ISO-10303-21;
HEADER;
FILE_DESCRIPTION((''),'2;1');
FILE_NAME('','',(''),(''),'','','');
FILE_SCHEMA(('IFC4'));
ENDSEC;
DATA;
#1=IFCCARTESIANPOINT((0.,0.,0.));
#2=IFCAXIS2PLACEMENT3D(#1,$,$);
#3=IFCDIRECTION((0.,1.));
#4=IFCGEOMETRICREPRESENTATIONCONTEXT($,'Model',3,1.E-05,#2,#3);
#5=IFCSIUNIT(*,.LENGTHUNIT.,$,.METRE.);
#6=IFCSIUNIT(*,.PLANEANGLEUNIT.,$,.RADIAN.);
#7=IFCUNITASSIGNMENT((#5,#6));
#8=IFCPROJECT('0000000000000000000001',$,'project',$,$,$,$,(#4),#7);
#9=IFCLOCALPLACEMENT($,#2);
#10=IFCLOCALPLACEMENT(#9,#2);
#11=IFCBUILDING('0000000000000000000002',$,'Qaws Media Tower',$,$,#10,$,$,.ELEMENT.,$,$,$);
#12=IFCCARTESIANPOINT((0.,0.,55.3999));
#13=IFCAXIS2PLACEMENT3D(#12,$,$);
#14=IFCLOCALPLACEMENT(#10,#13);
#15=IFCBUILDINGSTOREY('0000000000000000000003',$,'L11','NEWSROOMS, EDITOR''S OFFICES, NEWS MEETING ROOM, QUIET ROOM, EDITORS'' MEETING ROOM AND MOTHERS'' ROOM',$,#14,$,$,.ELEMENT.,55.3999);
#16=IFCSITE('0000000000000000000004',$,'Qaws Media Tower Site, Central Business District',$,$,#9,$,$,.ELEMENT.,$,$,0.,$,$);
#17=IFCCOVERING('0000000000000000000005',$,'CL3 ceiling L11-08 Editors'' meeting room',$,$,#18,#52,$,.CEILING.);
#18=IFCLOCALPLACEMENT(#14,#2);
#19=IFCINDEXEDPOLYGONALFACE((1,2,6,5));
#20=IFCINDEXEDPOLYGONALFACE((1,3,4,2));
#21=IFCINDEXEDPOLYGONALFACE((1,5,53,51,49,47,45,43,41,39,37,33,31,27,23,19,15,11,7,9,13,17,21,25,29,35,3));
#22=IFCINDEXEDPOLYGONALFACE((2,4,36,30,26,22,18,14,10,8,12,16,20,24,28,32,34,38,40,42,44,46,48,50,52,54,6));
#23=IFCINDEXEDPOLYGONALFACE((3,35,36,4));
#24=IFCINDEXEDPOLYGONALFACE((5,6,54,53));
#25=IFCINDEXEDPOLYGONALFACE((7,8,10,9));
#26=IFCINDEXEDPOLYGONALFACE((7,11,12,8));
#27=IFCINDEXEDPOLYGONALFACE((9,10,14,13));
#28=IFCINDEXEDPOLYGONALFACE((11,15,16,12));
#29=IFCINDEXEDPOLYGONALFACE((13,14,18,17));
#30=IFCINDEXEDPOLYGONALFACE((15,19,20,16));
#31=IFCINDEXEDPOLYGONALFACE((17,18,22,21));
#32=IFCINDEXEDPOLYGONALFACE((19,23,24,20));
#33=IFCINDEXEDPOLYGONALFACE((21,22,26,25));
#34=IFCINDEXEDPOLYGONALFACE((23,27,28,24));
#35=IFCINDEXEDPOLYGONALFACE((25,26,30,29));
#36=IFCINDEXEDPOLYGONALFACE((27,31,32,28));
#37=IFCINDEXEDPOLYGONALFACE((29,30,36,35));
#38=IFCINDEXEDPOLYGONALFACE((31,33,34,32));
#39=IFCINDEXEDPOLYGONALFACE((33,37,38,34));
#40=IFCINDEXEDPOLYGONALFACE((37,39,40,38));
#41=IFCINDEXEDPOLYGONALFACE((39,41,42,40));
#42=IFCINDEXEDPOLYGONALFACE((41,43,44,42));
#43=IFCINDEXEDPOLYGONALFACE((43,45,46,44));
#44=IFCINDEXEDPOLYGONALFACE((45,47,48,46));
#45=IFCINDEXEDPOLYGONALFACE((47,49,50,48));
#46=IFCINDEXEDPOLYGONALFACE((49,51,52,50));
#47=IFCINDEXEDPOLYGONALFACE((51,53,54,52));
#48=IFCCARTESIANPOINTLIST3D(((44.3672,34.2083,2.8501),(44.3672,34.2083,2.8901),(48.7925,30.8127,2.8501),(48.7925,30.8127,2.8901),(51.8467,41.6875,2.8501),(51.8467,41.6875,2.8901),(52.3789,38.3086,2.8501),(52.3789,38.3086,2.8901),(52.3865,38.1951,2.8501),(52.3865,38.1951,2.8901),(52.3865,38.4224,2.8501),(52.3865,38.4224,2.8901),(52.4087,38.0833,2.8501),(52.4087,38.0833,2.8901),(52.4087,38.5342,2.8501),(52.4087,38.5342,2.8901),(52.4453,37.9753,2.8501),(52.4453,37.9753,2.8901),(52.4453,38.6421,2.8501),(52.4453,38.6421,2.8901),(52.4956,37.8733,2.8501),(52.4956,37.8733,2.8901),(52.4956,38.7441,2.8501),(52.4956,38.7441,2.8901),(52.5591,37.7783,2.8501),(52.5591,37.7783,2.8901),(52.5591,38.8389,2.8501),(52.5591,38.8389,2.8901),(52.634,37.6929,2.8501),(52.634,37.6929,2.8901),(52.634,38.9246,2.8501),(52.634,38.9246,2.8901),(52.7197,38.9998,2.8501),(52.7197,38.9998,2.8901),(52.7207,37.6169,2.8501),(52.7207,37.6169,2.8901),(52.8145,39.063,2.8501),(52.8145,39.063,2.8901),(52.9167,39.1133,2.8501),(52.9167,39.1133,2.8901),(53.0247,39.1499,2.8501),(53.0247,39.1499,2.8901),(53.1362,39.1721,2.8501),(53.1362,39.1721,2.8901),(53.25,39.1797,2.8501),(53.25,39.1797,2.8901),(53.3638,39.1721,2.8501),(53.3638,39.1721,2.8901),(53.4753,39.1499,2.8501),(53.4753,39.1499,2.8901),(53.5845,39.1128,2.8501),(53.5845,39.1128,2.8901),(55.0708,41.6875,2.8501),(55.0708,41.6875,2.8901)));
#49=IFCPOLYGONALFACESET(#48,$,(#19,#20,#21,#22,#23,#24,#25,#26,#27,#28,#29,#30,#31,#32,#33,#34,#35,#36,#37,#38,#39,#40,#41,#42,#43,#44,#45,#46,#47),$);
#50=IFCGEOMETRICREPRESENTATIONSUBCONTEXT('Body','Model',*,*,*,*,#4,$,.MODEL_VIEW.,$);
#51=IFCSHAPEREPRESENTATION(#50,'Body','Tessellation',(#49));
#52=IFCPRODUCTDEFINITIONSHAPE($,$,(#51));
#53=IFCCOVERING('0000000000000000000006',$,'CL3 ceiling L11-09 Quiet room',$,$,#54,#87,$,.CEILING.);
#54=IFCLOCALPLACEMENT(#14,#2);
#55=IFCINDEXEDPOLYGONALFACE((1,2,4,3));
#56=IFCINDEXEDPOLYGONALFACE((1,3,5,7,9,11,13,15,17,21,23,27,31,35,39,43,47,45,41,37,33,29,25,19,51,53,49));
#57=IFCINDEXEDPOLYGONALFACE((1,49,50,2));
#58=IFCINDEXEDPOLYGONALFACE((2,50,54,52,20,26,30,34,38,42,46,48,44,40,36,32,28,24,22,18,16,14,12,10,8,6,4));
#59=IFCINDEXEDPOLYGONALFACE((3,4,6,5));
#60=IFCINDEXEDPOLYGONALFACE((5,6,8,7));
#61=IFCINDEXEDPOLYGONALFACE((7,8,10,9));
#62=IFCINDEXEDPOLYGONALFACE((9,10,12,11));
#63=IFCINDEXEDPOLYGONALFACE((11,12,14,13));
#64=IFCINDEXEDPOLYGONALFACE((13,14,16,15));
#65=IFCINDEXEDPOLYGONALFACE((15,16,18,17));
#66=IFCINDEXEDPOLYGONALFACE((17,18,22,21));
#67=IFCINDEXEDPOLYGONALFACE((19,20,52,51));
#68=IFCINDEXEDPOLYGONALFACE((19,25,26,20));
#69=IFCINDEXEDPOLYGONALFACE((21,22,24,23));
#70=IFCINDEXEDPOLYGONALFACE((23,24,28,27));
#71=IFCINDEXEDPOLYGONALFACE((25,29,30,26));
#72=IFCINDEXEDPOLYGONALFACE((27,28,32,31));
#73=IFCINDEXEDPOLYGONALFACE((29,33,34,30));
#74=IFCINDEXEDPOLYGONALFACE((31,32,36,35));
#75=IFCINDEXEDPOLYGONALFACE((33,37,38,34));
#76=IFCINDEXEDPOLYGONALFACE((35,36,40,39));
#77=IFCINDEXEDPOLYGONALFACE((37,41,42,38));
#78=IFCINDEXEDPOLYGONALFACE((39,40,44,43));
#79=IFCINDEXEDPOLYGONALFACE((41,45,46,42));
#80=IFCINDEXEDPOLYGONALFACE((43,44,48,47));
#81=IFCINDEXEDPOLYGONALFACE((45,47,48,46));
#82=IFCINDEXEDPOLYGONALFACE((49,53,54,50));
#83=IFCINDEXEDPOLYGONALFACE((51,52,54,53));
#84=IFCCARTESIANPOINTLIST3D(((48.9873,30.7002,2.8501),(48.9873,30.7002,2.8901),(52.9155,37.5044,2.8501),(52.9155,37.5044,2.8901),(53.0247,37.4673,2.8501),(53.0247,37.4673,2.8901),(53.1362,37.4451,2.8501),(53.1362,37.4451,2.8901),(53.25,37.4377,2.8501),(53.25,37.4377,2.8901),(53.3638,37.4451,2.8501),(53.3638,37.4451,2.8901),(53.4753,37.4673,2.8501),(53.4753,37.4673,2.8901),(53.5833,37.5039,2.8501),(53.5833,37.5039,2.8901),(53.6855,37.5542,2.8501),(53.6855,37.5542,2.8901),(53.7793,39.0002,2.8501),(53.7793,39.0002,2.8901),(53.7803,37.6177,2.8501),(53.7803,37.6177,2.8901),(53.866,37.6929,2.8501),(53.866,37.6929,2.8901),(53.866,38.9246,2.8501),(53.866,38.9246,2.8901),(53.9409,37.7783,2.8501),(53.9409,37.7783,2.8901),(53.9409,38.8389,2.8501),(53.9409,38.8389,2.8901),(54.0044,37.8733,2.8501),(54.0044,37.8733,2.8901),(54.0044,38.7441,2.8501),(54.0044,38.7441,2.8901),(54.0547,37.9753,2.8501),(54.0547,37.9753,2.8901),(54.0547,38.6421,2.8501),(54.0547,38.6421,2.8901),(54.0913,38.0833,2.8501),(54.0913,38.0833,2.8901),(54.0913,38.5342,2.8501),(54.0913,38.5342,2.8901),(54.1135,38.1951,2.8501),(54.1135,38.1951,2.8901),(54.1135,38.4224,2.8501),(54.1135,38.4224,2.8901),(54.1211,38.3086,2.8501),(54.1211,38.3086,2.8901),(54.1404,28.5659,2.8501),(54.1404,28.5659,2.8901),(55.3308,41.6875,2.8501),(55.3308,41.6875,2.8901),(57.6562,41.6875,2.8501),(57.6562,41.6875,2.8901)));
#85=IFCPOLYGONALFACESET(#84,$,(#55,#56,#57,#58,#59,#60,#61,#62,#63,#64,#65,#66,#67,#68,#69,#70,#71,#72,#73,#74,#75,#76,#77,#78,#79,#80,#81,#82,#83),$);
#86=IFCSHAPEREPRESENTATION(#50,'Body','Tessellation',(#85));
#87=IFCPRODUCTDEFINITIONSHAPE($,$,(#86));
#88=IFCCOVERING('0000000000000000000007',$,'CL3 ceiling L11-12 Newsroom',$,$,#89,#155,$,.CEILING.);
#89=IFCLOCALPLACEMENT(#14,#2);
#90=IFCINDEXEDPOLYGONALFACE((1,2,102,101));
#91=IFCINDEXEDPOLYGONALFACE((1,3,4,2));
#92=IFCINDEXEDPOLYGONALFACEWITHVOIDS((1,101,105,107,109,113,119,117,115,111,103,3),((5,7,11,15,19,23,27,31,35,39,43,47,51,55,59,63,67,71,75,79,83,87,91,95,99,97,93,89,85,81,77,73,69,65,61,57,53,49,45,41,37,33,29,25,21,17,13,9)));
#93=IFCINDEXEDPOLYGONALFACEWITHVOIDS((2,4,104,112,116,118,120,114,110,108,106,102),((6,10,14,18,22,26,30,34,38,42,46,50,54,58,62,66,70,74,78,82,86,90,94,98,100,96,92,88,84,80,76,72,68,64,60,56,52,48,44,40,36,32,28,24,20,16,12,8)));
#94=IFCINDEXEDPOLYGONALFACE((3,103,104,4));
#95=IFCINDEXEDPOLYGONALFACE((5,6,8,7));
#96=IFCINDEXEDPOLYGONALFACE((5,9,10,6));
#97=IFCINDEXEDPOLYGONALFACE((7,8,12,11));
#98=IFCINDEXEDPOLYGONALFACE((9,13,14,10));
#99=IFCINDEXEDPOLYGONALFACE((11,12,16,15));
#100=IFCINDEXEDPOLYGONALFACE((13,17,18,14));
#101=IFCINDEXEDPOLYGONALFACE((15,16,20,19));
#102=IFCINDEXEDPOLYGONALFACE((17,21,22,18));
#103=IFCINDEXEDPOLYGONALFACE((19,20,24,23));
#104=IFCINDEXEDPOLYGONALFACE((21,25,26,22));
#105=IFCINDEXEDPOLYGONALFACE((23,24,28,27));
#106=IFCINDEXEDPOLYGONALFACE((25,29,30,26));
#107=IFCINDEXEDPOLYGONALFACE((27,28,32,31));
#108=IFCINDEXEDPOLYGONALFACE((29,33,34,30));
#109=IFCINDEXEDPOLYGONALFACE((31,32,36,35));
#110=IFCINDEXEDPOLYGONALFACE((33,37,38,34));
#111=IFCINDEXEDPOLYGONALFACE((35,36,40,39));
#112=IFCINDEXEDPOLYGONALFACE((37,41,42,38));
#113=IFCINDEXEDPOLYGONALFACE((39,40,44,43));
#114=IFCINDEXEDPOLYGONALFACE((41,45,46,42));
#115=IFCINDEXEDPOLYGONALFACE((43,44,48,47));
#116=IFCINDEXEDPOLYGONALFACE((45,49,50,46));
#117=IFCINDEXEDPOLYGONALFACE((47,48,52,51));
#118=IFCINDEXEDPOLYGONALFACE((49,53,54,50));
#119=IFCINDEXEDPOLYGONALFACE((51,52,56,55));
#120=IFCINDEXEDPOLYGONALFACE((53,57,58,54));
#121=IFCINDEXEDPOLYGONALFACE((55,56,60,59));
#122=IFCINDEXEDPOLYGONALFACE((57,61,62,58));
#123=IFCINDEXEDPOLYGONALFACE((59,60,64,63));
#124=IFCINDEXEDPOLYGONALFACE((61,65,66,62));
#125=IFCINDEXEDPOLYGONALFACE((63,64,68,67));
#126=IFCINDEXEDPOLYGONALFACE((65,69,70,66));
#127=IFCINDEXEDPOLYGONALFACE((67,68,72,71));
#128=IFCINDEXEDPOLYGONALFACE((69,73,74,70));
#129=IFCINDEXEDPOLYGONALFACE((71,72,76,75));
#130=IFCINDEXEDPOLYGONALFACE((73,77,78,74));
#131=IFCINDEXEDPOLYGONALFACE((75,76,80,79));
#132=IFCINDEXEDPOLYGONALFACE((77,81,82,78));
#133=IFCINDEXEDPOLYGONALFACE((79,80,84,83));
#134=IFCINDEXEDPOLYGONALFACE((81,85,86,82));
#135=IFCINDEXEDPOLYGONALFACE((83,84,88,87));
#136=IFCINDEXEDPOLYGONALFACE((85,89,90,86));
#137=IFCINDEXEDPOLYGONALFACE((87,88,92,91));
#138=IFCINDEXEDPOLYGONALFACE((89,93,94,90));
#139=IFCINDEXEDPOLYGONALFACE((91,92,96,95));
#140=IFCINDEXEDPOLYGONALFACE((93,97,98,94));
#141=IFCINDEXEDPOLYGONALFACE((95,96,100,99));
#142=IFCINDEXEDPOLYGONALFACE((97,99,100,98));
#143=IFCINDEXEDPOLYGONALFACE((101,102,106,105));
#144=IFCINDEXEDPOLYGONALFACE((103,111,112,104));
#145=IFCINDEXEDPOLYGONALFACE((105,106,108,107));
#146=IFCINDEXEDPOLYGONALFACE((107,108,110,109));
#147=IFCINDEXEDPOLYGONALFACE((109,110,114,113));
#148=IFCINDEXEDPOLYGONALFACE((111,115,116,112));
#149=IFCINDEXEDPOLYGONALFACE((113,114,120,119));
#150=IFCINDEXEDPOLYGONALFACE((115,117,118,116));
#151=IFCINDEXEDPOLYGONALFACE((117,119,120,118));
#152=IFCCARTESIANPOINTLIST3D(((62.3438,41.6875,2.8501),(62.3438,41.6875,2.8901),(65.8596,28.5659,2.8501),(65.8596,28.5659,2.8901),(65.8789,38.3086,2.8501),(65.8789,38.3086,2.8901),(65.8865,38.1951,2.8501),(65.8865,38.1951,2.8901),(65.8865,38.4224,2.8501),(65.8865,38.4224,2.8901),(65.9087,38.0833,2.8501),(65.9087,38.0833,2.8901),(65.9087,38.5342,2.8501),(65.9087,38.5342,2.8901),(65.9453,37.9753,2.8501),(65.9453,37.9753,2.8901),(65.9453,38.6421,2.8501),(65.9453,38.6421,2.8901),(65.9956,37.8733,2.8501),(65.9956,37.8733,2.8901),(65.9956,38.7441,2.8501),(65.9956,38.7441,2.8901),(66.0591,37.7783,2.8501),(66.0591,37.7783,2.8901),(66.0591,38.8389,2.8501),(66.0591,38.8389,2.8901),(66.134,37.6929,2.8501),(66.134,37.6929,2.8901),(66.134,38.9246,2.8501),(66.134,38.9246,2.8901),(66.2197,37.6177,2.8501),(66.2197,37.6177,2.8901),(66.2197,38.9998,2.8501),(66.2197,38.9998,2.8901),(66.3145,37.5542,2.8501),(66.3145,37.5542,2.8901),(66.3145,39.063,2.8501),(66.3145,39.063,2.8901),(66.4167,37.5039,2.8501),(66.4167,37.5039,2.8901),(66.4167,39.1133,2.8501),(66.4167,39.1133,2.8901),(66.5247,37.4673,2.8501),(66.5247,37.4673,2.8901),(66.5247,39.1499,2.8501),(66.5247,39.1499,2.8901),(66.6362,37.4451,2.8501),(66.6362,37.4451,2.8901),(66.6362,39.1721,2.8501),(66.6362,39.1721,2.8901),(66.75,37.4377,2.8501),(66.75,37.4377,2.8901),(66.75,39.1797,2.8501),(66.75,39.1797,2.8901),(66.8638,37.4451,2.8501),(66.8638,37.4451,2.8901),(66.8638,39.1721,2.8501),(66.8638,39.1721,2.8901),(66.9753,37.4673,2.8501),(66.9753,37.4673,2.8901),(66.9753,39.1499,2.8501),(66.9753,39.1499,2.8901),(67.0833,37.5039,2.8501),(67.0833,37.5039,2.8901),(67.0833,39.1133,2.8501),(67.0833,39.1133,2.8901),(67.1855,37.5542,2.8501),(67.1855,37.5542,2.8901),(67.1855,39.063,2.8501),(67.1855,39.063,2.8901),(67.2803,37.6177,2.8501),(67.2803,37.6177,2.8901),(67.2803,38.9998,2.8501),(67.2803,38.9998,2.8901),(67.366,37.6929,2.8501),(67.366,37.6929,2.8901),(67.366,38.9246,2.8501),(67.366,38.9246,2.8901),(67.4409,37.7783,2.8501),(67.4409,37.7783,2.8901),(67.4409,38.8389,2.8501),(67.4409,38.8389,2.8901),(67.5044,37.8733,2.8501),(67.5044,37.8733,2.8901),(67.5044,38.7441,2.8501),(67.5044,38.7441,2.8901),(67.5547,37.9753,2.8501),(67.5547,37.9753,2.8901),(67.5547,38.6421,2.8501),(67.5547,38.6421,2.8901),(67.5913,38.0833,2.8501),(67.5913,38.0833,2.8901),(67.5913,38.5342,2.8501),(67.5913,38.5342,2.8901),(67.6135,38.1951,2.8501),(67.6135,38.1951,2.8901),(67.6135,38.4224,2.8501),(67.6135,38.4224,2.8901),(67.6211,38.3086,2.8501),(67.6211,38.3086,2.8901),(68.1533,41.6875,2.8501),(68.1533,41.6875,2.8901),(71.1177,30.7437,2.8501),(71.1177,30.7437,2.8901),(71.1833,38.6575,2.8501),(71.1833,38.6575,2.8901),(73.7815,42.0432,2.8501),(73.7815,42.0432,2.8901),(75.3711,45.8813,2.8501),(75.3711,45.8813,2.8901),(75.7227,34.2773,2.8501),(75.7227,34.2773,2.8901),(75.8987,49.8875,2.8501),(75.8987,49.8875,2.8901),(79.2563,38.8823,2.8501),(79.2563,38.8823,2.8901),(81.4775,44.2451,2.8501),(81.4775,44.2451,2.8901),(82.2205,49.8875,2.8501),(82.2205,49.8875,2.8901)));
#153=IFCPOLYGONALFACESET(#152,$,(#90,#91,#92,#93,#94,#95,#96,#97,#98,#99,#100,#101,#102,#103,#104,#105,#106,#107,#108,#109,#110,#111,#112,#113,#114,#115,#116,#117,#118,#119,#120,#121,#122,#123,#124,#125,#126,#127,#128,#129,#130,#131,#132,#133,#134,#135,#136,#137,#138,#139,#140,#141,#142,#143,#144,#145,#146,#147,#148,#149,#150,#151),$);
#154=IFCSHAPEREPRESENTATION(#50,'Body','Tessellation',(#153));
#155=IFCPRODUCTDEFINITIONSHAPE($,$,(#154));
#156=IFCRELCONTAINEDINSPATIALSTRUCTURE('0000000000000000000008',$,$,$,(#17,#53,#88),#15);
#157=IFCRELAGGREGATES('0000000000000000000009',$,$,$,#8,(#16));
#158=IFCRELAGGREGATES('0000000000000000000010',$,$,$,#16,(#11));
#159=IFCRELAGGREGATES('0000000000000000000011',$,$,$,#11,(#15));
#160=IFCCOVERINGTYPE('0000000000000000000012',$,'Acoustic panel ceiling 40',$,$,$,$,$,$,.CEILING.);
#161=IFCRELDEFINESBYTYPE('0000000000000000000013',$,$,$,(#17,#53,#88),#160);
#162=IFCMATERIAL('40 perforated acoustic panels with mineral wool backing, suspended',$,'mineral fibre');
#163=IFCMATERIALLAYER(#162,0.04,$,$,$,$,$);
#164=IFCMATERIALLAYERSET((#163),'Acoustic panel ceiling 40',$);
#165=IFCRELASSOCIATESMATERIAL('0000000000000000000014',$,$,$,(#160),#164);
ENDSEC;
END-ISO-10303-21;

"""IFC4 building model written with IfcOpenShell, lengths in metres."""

from ifc_helpers import new_model, si_unit, direction, frame, origin, place, context, subcontext, project, spatial, polyline, outline, extrude, material, layer, layer_set, type_object, element, save


model = new_model("IFC4")

# Units and contexts
model_context = context("Model", 3, precision=1e-05, world=origin(), true_north=direction((0.0, 1.0)))
body_context = subcontext(model_context, "Body", "Model", "MODEL_VIEW")
ifc_project = project(units=[si_unit("LENGTHUNIT", "METRE"), si_unit("PLANEANGLEUNIT", "RADIAN")], contexts=[model_context])

# Site, building, storey
site_placement = place(None, origin())
site = spatial("IfcSite", under=ifc_project, at=site_placement, Name="Qaws Media Tower Site, Central Business District", CompositionType="ELEMENT", RefElevation=0.0)
building_placement = place(site_placement, origin())
building = spatial("IfcBuilding", under=site, at=building_placement, Name="Qaws Media Tower", CompositionType="ELEMENT")
storey_placement = place(building_placement, frame((0.0, 0.0, 55.3999)))
storey = spatial("IfcBuildingStorey", under=building, at=storey_placement, Name="L11", Description="NEWSROOMS, EDITOR'S OFFICES, NEWS MEETING ROOM, QUIET ROOM, EDITORS' MEETING ROOM AND MOTHERS' ROOM", CompositionType="ELEMENT", Elevation=55.3999)

# Coverings
ifc_material_1 = material(Name="40 perforated acoustic panels with mineral wool backing, suspended", Category="mineral fibre")
ifc_layer_1 = layer(ifc_material_1, 0.04)
ifc_layer_set_1 = layer_set([ifc_layer_1], Name="Acoustic panel ceiling 40")
covering_type_1 = type_object("IfcCoveringType", Name="Acoustic panel ceiling 40", PredefinedType="CEILING", material=ifc_layer_set_1)
covering_1_placement = place(storey_placement, frame((0.0, 0.0, 2.8501)))
element("IfcCovering", 1, at=covering_1_placement, inside=storey, type_object=covering_type_1, Name="CL3 ceiling L11-08 Editors' meeting room", PredefinedType="CEILING", context=body_context, shape_type="SweptSolid", body=[
    extrude(outline(polyline([(44.3672, 34.2083), (51.8467, 41.6875), (55.0708, 41.6875), (53.5845, 39.1128), (53.4753, 39.1499), (53.3638, 39.1721), (53.25, 39.1797), (53.1362, 39.1721), (53.0247, 39.1499), (52.9167, 39.1133), (52.8145, 39.063), (52.7197, 38.9998), (52.634, 38.9246), (52.5591, 38.8389), (52.4956, 38.7441), (52.4453, 38.6421), (52.4087, 38.5342), (52.3865, 38.4224), (52.3789, 38.3086), (52.3865, 38.1951), (52.4087, 38.0833), (52.4453, 37.9753), (52.4956, 37.8733), (52.5591, 37.7783), (52.634, 37.6929), (52.7207, 37.6169), (48.7925, 30.8127), (44.3672, 34.2083)])), origin(), (0.0, 0.0, 1.0), 0.04),
])
covering_2_placement = place(storey_placement, frame((0.0, 0.0, 2.8501)))
element("IfcCovering", 2, at=covering_2_placement, inside=storey, type_object=covering_type_1, Name="CL3 ceiling L11-09 Quiet room", PredefinedType="CEILING", context=body_context, shape_type="SweptSolid", body=[
    extrude(outline(polyline([(48.9873, 30.7002), (52.9155, 37.5044), (53.0247, 37.4673), (53.1362, 37.4451), (53.25, 37.4377), (53.3638, 37.4451), (53.4753, 37.4673), (53.5833, 37.5039), (53.6855, 37.5542), (53.7803, 37.6177), (53.866, 37.6929), (53.9409, 37.7783), (54.0044, 37.8733), (54.0547, 37.9753), (54.0913, 38.0833), (54.1135, 38.1951), (54.1211, 38.3086), (54.1135, 38.4224), (54.0913, 38.5342), (54.0547, 38.6421), (54.0044, 38.7441), (53.9409, 38.8389), (53.866, 38.9246), (53.7793, 39.0002), (55.3308, 41.6875), (57.6562, 41.6875), (54.1404, 28.5659), (48.9873, 30.7002)])), origin(), (0.0, 0.0, 1.0), 0.04),
])
covering_3_placement = place(storey_placement, frame((0.0, 0.0, 2.8501)))
element("IfcCovering", 3, at=covering_3_placement, inside=storey, type_object=covering_type_1, Name="CL3 ceiling L11-12 Newsroom", PredefinedType="CEILING", context=body_context, shape_type="SweptSolid", body=[
    extrude(outline(polyline([(81.4775, 44.2451), (79.2563, 38.8823), (75.7227, 34.2773), (71.1177, 30.7437), (65.8596, 28.5659), (62.3438, 41.6875), (68.1533, 41.6875), (71.1833, 38.6575), (73.7815, 42.0432), (75.3711, 45.8813), (75.8987, 49.8875), (82.2205, 49.8875), (81.4775, 44.2451)]), holes=[polyline([(67.5547, 37.9753), (67.5913, 38.0833), (67.6135, 38.1951), (67.6211, 38.3086), (67.6135, 38.4224), (67.5913, 38.5342), (67.5547, 38.6421), (67.5044, 38.7441), (67.4409, 38.8389), (67.366, 38.9246), (67.2803, 38.9998), (67.1855, 39.063), (67.0833, 39.1133), (66.9753, 39.1499), (66.8638, 39.1721), (66.75, 39.1797), (66.6362, 39.1721), (66.5247, 39.1499), (66.4167, 39.1133), (66.3145, 39.063), (66.2197, 38.9998), (66.134, 38.9246), (66.0591, 38.8389), (65.9956, 38.7441), (65.9453, 38.6421), (65.9087, 38.5342), (65.8865, 38.4224), (65.8789, 38.3086), (65.8865, 38.1951), (65.9087, 38.0833), (65.9453, 37.9753), (65.9956, 37.8733), (66.0591, 37.7783), (66.134, 37.6929), (66.2197, 37.6177), (66.3145, 37.5542), (66.4167, 37.5039), (66.5247, 37.4673), (66.6362, 37.4451), (66.75, 37.4377), (66.8638, 37.4451), (66.9753, 37.4673), (67.0833, 37.5039), (67.1855, 37.5542), (67.2803, 37.6177), (67.366, 37.6929), (67.4409, 37.7783), (67.5044, 37.8733), (67.5547, 37.9753)])]), origin(), (0.0, 0.0, 1.0), 0.04),
])

save(model, "model.ifc")
